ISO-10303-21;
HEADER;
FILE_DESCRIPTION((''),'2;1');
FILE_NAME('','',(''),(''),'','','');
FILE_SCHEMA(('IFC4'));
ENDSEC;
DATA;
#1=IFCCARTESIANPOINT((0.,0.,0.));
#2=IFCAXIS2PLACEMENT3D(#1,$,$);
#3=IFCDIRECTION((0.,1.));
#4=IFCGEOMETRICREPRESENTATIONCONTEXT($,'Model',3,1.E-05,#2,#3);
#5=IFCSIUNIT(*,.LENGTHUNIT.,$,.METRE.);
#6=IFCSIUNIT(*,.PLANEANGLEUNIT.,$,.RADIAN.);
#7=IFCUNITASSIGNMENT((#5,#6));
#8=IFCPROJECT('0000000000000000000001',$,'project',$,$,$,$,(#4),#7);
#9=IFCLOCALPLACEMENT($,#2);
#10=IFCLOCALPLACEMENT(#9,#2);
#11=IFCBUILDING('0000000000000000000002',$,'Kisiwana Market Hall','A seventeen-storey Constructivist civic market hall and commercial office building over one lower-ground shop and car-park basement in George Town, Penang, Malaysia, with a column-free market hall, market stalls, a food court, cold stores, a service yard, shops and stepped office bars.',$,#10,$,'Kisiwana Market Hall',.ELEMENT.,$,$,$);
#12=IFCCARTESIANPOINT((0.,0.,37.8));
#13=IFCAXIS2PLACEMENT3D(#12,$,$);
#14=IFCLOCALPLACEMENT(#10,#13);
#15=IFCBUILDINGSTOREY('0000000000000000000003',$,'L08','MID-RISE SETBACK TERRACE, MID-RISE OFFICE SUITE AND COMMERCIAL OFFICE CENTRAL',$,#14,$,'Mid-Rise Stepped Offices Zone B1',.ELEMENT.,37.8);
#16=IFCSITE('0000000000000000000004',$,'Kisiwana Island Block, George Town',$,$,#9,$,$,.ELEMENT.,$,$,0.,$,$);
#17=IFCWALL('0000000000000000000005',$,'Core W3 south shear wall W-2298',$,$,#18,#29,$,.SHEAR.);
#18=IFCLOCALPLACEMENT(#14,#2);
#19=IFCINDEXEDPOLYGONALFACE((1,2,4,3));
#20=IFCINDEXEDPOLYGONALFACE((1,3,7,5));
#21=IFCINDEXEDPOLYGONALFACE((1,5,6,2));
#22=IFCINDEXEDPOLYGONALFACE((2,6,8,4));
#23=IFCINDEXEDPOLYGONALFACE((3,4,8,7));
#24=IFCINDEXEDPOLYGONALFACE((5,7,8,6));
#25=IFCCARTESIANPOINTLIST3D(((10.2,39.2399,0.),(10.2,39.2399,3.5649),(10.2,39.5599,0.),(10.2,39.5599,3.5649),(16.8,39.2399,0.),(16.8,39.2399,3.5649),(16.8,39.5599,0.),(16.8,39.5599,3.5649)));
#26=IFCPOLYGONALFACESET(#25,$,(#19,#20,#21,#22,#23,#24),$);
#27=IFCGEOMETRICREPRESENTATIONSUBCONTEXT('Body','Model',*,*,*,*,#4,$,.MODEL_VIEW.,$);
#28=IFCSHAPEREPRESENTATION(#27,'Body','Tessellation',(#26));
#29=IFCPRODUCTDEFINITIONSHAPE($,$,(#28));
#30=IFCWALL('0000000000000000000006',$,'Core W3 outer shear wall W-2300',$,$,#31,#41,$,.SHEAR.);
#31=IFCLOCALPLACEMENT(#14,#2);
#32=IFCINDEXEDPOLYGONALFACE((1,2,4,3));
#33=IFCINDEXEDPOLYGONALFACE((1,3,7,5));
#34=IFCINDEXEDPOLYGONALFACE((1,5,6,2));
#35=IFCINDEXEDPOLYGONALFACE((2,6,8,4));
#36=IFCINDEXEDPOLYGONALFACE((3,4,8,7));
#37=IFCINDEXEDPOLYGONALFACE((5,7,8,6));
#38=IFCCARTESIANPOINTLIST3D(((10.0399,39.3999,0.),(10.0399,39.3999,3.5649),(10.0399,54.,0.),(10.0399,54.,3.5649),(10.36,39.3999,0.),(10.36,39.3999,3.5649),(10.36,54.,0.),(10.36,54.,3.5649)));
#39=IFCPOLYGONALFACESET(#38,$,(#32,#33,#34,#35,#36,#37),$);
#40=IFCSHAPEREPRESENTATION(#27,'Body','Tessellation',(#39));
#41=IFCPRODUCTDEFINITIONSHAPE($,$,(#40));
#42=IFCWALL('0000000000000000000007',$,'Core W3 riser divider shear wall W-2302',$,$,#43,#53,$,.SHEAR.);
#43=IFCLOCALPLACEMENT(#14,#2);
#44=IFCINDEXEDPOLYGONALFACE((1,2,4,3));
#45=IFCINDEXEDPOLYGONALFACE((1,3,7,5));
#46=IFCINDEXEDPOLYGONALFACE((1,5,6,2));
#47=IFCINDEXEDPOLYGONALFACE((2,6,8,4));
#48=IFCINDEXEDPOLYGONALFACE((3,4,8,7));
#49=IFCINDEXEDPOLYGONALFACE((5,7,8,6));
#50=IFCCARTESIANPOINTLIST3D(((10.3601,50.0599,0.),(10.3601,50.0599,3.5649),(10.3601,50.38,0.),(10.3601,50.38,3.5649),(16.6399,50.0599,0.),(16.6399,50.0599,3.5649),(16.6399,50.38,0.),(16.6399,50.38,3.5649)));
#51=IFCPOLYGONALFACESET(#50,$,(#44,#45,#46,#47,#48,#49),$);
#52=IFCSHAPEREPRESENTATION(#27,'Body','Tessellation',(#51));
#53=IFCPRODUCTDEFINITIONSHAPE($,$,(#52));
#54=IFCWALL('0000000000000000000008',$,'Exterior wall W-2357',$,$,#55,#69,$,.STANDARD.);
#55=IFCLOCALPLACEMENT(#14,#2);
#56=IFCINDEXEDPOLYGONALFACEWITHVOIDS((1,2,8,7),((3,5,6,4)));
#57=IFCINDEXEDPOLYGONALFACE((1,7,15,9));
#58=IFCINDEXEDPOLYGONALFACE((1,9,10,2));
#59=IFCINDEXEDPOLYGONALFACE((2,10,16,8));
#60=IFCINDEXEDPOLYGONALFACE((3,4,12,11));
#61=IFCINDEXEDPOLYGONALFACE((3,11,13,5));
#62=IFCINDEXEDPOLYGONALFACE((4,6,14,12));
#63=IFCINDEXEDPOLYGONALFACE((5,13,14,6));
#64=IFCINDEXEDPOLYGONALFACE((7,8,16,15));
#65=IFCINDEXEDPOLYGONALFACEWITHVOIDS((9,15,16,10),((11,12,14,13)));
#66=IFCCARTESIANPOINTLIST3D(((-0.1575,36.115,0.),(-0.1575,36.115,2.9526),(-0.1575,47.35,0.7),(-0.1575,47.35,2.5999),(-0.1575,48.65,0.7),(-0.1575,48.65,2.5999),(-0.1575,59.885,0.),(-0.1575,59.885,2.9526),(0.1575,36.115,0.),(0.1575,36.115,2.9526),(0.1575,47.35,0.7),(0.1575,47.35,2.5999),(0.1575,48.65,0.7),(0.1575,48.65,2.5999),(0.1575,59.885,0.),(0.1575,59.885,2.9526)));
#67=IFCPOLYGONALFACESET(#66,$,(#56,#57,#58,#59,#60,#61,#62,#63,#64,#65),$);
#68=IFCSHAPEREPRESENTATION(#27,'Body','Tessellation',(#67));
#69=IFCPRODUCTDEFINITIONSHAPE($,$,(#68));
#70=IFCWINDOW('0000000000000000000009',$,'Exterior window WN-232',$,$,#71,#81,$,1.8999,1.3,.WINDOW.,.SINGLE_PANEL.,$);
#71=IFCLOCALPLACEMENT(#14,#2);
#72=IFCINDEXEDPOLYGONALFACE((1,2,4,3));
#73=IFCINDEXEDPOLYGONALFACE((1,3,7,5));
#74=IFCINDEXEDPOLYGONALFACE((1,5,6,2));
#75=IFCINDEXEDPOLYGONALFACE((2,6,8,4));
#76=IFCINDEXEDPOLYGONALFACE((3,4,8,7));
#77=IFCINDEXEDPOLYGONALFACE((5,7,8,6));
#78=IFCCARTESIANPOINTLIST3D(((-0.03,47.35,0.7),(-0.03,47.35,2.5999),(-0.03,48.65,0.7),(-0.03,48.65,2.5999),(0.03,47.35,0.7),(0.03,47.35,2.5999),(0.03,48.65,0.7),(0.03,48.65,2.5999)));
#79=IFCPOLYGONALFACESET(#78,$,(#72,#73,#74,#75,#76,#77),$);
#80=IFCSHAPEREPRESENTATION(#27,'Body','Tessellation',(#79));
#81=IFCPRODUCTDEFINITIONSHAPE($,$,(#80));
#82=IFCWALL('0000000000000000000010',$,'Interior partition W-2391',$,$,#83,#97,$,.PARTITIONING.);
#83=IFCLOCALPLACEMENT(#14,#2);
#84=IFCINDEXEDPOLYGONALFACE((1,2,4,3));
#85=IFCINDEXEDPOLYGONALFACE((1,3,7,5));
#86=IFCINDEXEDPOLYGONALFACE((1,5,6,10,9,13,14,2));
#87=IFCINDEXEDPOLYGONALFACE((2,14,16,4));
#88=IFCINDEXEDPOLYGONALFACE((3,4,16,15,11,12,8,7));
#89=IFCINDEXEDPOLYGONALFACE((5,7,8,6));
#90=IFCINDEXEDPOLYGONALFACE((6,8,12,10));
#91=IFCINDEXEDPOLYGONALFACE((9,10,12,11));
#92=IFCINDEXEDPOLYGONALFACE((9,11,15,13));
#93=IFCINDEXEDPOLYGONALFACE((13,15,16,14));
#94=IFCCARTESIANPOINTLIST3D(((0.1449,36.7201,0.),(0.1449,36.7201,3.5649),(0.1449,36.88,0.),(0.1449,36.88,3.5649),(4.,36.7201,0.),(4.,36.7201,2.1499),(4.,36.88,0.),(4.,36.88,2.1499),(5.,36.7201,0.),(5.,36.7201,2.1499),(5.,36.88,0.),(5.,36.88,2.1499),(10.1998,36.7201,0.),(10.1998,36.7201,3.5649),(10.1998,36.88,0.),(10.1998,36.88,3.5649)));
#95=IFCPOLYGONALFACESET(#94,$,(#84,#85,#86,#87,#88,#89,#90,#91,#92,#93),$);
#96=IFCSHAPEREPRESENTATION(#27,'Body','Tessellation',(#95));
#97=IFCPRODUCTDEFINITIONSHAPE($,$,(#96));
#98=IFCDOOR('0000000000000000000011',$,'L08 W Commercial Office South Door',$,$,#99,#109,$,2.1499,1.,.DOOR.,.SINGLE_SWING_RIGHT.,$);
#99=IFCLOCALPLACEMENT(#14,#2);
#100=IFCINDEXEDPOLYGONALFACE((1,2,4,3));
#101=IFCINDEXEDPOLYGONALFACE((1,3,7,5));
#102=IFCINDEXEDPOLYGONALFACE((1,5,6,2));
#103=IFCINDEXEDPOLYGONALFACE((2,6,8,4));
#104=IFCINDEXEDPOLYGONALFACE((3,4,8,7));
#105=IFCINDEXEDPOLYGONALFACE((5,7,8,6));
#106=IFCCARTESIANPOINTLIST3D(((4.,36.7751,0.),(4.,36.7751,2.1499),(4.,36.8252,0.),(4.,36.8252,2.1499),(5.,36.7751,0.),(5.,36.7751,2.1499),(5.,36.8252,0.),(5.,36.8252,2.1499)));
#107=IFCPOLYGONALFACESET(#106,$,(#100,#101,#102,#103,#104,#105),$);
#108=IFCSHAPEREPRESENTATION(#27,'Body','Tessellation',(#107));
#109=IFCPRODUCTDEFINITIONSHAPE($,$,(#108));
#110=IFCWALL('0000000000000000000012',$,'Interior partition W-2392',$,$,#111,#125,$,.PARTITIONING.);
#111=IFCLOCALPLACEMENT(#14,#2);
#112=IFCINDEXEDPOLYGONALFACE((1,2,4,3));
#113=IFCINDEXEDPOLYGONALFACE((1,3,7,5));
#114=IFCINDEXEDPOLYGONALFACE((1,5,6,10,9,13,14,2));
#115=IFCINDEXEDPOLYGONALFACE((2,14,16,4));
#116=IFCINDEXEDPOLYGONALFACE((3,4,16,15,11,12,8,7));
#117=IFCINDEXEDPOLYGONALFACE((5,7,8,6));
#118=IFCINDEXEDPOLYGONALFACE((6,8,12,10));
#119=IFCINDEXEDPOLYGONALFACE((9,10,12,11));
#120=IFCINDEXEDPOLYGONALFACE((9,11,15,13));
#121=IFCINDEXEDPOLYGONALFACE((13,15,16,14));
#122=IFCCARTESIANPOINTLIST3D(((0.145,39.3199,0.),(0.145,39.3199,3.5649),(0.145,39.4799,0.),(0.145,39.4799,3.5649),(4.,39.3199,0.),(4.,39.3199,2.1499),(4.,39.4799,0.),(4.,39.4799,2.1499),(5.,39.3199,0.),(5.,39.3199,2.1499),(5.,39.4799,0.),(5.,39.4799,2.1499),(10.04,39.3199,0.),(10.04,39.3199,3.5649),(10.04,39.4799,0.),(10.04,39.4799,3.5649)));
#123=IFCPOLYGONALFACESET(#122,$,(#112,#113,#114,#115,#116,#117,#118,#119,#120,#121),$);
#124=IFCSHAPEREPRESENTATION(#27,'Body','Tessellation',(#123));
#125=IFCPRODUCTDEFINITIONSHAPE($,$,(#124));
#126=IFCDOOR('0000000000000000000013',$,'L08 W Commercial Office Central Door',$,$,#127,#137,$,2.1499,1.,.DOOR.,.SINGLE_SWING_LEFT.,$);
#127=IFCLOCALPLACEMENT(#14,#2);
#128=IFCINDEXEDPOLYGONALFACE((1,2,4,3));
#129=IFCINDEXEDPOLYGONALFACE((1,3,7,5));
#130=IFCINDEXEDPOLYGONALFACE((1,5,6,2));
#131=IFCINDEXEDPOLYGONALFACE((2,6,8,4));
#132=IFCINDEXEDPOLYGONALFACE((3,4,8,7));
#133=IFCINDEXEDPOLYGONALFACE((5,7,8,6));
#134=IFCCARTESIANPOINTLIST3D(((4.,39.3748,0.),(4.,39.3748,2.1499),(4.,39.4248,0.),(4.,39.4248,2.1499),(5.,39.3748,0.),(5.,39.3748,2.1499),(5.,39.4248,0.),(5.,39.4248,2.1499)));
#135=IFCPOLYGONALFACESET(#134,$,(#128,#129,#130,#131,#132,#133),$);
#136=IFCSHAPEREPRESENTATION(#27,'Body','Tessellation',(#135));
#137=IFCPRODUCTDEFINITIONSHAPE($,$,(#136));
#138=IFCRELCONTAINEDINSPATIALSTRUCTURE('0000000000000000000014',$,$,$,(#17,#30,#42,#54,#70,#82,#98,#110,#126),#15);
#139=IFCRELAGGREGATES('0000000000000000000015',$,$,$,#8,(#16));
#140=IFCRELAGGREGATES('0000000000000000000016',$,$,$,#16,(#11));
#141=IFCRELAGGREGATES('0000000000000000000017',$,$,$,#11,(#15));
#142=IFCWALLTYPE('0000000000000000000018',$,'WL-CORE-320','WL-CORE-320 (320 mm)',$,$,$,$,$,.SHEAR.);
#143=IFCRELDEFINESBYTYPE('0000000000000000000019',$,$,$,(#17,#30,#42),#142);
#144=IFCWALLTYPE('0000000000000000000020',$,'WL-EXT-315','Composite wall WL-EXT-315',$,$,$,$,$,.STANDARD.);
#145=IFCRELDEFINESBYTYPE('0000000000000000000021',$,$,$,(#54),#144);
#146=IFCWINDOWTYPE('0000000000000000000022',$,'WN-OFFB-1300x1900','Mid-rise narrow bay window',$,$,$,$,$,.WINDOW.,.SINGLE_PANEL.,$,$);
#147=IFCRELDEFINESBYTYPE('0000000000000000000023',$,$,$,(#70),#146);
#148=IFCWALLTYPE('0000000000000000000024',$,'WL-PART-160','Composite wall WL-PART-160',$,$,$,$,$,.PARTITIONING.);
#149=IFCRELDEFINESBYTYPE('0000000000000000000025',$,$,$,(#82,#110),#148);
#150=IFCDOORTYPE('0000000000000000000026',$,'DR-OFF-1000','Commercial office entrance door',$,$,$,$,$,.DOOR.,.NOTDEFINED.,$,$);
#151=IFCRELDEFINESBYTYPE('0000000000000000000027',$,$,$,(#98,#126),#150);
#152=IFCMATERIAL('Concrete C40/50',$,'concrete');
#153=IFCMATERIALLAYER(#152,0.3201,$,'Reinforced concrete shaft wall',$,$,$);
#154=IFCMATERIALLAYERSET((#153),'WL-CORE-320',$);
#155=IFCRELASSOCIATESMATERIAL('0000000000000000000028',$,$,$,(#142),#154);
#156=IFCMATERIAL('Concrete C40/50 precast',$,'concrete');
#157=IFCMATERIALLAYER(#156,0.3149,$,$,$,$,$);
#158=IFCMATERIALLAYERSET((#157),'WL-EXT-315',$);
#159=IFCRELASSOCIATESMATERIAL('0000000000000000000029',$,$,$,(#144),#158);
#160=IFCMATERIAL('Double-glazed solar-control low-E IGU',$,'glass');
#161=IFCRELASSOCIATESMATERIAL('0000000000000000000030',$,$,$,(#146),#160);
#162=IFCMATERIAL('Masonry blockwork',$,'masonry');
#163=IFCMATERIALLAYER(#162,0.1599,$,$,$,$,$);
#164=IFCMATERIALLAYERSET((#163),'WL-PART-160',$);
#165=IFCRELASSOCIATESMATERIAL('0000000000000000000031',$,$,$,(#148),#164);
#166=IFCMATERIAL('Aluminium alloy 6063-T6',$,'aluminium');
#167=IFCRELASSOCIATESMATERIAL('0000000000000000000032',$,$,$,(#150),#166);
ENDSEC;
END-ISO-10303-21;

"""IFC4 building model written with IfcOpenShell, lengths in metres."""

from ifc_helpers import new_model, si_unit, direction, frame, frame_2d, origin, place, context, subcontext, project, spatial, rectangle, extrude, material, layer, layer_set, type_object, element, fill, save


model = new_model("IFC4")

# Units and contexts
model_context = context("Model", 3, precision=1e-05, world=origin(), true_north=direction((0.0, 1.0)))
body_context = subcontext(model_context, "Body", "Model", "MODEL_VIEW")
ifc_project = project(units=[si_unit("LENGTHUNIT", "METRE"), si_unit("PLANEANGLEUNIT", "RADIAN")], contexts=[model_context])

# Site, building, storey
site_placement = place(None, origin())
site = spatial("IfcSite", under=ifc_project, at=site_placement, Name="Kisiwana Island Block, George Town", CompositionType="ELEMENT", RefElevation=0.0)
building_placement = place(site_placement, origin())
building = spatial("IfcBuilding", under=site, at=building_placement, Name="Kisiwana Market Hall", Description="A seventeen-storey Constructivist civic market hall and commercial office building over one lower-ground shop and car-park basement in George Town, Penang, Malaysia, with a column-free market hall, market stalls, a food court, cold stores, a service yard, shops and stepped office bars.", LongName="Kisiwana Market Hall", CompositionType="ELEMENT")
storey_placement = place(building_placement, frame((0.0, 0.0, 37.8)))
storey = spatial("IfcBuildingStorey", under=building, at=storey_placement, Name="L08", Description="MID-RISE SETBACK TERRACE, MID-RISE OFFICE SUITE AND COMMERCIAL OFFICE CENTRAL", LongName="Mid-Rise Stepped Offices Zone B1", CompositionType="ELEMENT", Elevation=37.8)

# Walls
ifc_material_1 = material(Name="Concrete C40/50", Category="concrete")
ifc_layer_1 = layer(ifc_material_1, 0.3201, Name="Reinforced concrete shaft wall")
ifc_layer_set_1 = layer_set([ifc_layer_1], Name="WL-CORE-320")
wall_type_1 = type_object("IfcWallType", Name="WL-CORE-320", Description="WL-CORE-320 (320 mm)", PredefinedType="SHEAR", material=ifc_layer_set_1)
wall_1_placement = place(storey_placement, frame((10.2, 39.3999, 0.0), z_axis=(0.0, 0.0, 1.0), x_axis=(1.0, 0.0, 0.0)))
element("IfcWall", 1, at=wall_1_placement, inside=storey, type_object=wall_type_1, Name="Core W3 south shear wall W-2298", PredefinedType="SHEAR", context=body_context, shape_type="SweptSolid", body=[
    extrude(rectangle(XDim=6.6001, YDim=0.3201, at=frame_2d((3.3, 0.0))), origin(), (0.0, 0.0, 1.0), 3.5649),
])
wall_2_placement = place(storey_placement, frame((10.2, 39.3999, 0.0), z_axis=(0.0, 0.0, 1.0), x_axis=(0.0, 1.0, 0.0)))
element("IfcWall", 2, at=wall_2_placement, inside=storey, type_object=wall_type_1, Name="Core W3 outer shear wall W-2300", PredefinedType="SHEAR", context=body_context, shape_type="SweptSolid", body=[
    extrude(rectangle(XDim=14.6001, YDim=0.3201, at=frame_2d((7.3, 0.0))), origin(), (0.0, 0.0, 1.0), 3.5649),
])
wall_3_placement = place(storey_placement, frame((10.3601, 50.22, 0.0), z_axis=(0.0, 0.0, 1.0), x_axis=(1.0, 0.0, 0.0)))
element("IfcWall", 3, at=wall_3_placement, inside=storey, type_object=wall_type_1, Name="Core W3 riser divider shear wall W-2302", PredefinedType="SHEAR", context=body_context, shape_type="SweptSolid", body=[
    extrude(rectangle(XDim=6.2798, YDim=0.3201, at=frame_2d((3.1399, 0.0))), origin(), (0.0, 0.0, 1.0), 3.5649),
])

# Wall, opening, window
ifc_material_2 = material(Name="Concrete C40/50 precast", Category="concrete")
ifc_layer_2 = layer(ifc_material_2, 0.3149)
ifc_layer_set_2 = layer_set([ifc_layer_2], Name="WL-EXT-315")
wall_type_2 = type_object("IfcWallType", Name="WL-EXT-315", Description="Composite wall WL-EXT-315", PredefinedType="STANDARD", material=ifc_layer_set_2)
wall_4_placement = place(storey_placement, frame((0.0, 36.115, 0.0), z_axis=(0.0, 0.0, 1.0), x_axis=(0.0, 1.0, 0.0)))
wall_4 = element("IfcWall", 4, at=wall_4_placement, inside=storey, type_object=wall_type_2, Name="Exterior wall W-2357", PredefinedType="STANDARD", context=body_context, shape_type="SweptSolid", body=[
    extrude(rectangle(XDim=23.77, YDim=0.3149, at=frame_2d((11.885, 0.0))), origin(), (0.0, 0.0, 1.0), 2.9526),
])
opening_1_placement = place(wall_4_placement, frame((11.2351, 0.0, 0.7)))
opening_1 = element("IfcOpeningElement", 5, at=opening_1_placement, cuts=wall_4, PredefinedType="OPENING", context=body_context, shape_type="SweptSolid", body=[
    extrude(rectangle(XDim=1.3, YDim=1.8999, at=frame_2d((0.6499, 0.95))), frame((0.0, 0.1694, 0.0), z_axis=(0.0, -1.0, 0.0), x_axis=(1.0, 0.0, 0.0)), (0.0, 0.0, 1.0), 0.3389),
])
ifc_material_3 = material(Name="Double-glazed solar-control low-E IGU", Category="glass")
window_type = type_object("IfcWindowType", Name="WN-OFFB-1300x1900", Description="Mid-rise narrow bay window", PartitioningType="SINGLE_PANEL", PredefinedType="WINDOW", material=ifc_material_3)
window_placement = place(opening_1_placement, origin())
window = element("IfcWindow", 6, at=window_placement, inside=storey, type_object=window_type, Name="Exterior window WN-232", OverallHeight=1.8999, OverallWidth=1.3, PartitioningType="SINGLE_PANEL", PredefinedType="WINDOW", context=body_context, shape_type="SweptSolid", body=[
    extrude(rectangle(XDim=1.3, YDim=1.8999, at=frame_2d((0.6499, 0.95))), frame((0.0, 0.03, 0.0), z_axis=(0.0, -1.0, 0.0), x_axis=(1.0, 0.0, 0.0)), (0.0, 0.0, 1.0), 0.0601),
])
fill(opening_1, window)

# Walls, openings, doors
ifc_material_4 = material(Name="Masonry blockwork", Category="masonry")
ifc_layer_3 = layer(ifc_material_4, 0.1599)
ifc_layer_set_3 = layer_set([ifc_layer_3], Name="WL-PART-160")
wall_type_3 = type_object("IfcWallType", Name="WL-PART-160", Description="Composite wall WL-PART-160", PredefinedType="PARTITIONING", material=ifc_layer_set_3)
wall_5_placement = place(storey_placement, frame((0.145, 36.8, 0.0), z_axis=(0.0, 0.0, 1.0), x_axis=(1.0, 0.0, 0.0)))
wall_5 = element("IfcWall", 7, at=wall_5_placement, inside=storey, type_object=wall_type_3, Name="Interior partition W-2391", PredefinedType="PARTITIONING", context=body_context, shape_type="SweptSolid", body=[
    extrude(rectangle(XDim=10.0549, YDim=0.1599, at=frame_2d((5.0273, 0.0))), origin(), (0.0, 0.0, 1.0), 3.5649),
])
opening_2_placement = place(wall_5_placement, frame((3.855, 0.0, 0.0)))
opening_2 = element("IfcOpeningElement", 8, at=opening_2_placement, cuts=wall_5, PredefinedType="OPENING", context=body_context, shape_type="SweptSolid", body=[
    extrude(rectangle(XDim=1.0, YDim=2.1499, at=frame_2d((0.5, 1.075))), frame((0.0, 0.0918, 0.0), z_axis=(0.0, -1.0, 0.0), x_axis=(1.0, 0.0, 0.0)), (0.0, 0.0, 1.0), 0.1838),
])
ifc_material_5 = material(Name="Aluminium alloy 6063-T6", Category="aluminium")
door_type = type_object("IfcDoorType", Name="DR-OFF-1000", Description="Commercial office entrance door", OperationType="NOTDEFINED", PredefinedType="DOOR", material=ifc_material_5)
door_1_placement = place(opening_2_placement, frame((1.0, 0.0, 0.0), z_axis=(0.0, 0.0, 1.0), x_axis=(-1.0, 0.0, 0.0)))
door_1 = element("IfcDoor", 9, at=door_1_placement, inside=storey, type_object=door_type, Name="L08 W Commercial Office South Door", OperationType="SINGLE_SWING_RIGHT", OverallHeight=2.1499, OverallWidth=1.0, PredefinedType="DOOR", context=body_context, shape_type="SweptSolid", body=[
    extrude(rectangle(XDim=1.0, YDim=2.1499, at=frame_2d((0.5, 1.075))), frame((0.0, 0.0249, 0.0), z_axis=(0.0, -1.0, 0.0), x_axis=(1.0, 0.0, 0.0)), (0.0, 0.0, 1.0), 0.05),
])
fill(opening_2, door_1)
wall_6_placement = place(storey_placement, frame((0.145, 39.3999, 0.0), z_axis=(0.0, 0.0, 1.0), x_axis=(1.0, 0.0, 0.0)))
wall_6 = element("IfcWall", 10, at=wall_6_placement, inside=storey, type_object=wall_type_3, Name="Interior partition W-2392", PredefinedType="PARTITIONING", context=body_context, shape_type="SweptSolid", body=[
    extrude(rectangle(XDim=9.895, YDim=0.1599, at=frame_2d((4.9475, 0.0))), origin(), (0.0, 0.0, 1.0), 3.5649),
])
opening_3_placement = place(wall_6_placement, frame((3.855, 0.0, 0.0)))
opening_3 = element("IfcOpeningElement", 11, at=opening_3_placement, cuts=wall_6, PredefinedType="OPENING", context=body_context, shape_type="SweptSolid", body=[
    extrude(rectangle(XDim=1.0, YDim=2.1499, at=frame_2d((0.5, 1.075))), frame((0.0, 0.0918, 0.0), z_axis=(0.0, -1.0, 0.0), x_axis=(1.0, 0.0, 0.0)), (0.0, 0.0, 1.0), 0.1838),
])
door_2_placement = place(opening_3_placement, origin())
door_2 = element("IfcDoor", 12, at=door_2_placement, inside=storey, type_object=door_type, Name="L08 W Commercial Office Central Door", OperationType="SINGLE_SWING_LEFT", OverallHeight=2.1499, OverallWidth=1.0, PredefinedType="DOOR", context=body_context, shape_type="SweptSolid", body=[
    extrude(rectangle(XDim=1.0, YDim=2.1499, at=frame_2d((0.5, 1.075))), frame((0.0, 0.0249, 0.0), z_axis=(0.0, -1.0, 0.0), x_axis=(1.0, 0.0, 0.0)), (0.0, 0.0, 1.0), 0.05),
])
fill(opening_3, door_2)

save(model, "model.ifc")
